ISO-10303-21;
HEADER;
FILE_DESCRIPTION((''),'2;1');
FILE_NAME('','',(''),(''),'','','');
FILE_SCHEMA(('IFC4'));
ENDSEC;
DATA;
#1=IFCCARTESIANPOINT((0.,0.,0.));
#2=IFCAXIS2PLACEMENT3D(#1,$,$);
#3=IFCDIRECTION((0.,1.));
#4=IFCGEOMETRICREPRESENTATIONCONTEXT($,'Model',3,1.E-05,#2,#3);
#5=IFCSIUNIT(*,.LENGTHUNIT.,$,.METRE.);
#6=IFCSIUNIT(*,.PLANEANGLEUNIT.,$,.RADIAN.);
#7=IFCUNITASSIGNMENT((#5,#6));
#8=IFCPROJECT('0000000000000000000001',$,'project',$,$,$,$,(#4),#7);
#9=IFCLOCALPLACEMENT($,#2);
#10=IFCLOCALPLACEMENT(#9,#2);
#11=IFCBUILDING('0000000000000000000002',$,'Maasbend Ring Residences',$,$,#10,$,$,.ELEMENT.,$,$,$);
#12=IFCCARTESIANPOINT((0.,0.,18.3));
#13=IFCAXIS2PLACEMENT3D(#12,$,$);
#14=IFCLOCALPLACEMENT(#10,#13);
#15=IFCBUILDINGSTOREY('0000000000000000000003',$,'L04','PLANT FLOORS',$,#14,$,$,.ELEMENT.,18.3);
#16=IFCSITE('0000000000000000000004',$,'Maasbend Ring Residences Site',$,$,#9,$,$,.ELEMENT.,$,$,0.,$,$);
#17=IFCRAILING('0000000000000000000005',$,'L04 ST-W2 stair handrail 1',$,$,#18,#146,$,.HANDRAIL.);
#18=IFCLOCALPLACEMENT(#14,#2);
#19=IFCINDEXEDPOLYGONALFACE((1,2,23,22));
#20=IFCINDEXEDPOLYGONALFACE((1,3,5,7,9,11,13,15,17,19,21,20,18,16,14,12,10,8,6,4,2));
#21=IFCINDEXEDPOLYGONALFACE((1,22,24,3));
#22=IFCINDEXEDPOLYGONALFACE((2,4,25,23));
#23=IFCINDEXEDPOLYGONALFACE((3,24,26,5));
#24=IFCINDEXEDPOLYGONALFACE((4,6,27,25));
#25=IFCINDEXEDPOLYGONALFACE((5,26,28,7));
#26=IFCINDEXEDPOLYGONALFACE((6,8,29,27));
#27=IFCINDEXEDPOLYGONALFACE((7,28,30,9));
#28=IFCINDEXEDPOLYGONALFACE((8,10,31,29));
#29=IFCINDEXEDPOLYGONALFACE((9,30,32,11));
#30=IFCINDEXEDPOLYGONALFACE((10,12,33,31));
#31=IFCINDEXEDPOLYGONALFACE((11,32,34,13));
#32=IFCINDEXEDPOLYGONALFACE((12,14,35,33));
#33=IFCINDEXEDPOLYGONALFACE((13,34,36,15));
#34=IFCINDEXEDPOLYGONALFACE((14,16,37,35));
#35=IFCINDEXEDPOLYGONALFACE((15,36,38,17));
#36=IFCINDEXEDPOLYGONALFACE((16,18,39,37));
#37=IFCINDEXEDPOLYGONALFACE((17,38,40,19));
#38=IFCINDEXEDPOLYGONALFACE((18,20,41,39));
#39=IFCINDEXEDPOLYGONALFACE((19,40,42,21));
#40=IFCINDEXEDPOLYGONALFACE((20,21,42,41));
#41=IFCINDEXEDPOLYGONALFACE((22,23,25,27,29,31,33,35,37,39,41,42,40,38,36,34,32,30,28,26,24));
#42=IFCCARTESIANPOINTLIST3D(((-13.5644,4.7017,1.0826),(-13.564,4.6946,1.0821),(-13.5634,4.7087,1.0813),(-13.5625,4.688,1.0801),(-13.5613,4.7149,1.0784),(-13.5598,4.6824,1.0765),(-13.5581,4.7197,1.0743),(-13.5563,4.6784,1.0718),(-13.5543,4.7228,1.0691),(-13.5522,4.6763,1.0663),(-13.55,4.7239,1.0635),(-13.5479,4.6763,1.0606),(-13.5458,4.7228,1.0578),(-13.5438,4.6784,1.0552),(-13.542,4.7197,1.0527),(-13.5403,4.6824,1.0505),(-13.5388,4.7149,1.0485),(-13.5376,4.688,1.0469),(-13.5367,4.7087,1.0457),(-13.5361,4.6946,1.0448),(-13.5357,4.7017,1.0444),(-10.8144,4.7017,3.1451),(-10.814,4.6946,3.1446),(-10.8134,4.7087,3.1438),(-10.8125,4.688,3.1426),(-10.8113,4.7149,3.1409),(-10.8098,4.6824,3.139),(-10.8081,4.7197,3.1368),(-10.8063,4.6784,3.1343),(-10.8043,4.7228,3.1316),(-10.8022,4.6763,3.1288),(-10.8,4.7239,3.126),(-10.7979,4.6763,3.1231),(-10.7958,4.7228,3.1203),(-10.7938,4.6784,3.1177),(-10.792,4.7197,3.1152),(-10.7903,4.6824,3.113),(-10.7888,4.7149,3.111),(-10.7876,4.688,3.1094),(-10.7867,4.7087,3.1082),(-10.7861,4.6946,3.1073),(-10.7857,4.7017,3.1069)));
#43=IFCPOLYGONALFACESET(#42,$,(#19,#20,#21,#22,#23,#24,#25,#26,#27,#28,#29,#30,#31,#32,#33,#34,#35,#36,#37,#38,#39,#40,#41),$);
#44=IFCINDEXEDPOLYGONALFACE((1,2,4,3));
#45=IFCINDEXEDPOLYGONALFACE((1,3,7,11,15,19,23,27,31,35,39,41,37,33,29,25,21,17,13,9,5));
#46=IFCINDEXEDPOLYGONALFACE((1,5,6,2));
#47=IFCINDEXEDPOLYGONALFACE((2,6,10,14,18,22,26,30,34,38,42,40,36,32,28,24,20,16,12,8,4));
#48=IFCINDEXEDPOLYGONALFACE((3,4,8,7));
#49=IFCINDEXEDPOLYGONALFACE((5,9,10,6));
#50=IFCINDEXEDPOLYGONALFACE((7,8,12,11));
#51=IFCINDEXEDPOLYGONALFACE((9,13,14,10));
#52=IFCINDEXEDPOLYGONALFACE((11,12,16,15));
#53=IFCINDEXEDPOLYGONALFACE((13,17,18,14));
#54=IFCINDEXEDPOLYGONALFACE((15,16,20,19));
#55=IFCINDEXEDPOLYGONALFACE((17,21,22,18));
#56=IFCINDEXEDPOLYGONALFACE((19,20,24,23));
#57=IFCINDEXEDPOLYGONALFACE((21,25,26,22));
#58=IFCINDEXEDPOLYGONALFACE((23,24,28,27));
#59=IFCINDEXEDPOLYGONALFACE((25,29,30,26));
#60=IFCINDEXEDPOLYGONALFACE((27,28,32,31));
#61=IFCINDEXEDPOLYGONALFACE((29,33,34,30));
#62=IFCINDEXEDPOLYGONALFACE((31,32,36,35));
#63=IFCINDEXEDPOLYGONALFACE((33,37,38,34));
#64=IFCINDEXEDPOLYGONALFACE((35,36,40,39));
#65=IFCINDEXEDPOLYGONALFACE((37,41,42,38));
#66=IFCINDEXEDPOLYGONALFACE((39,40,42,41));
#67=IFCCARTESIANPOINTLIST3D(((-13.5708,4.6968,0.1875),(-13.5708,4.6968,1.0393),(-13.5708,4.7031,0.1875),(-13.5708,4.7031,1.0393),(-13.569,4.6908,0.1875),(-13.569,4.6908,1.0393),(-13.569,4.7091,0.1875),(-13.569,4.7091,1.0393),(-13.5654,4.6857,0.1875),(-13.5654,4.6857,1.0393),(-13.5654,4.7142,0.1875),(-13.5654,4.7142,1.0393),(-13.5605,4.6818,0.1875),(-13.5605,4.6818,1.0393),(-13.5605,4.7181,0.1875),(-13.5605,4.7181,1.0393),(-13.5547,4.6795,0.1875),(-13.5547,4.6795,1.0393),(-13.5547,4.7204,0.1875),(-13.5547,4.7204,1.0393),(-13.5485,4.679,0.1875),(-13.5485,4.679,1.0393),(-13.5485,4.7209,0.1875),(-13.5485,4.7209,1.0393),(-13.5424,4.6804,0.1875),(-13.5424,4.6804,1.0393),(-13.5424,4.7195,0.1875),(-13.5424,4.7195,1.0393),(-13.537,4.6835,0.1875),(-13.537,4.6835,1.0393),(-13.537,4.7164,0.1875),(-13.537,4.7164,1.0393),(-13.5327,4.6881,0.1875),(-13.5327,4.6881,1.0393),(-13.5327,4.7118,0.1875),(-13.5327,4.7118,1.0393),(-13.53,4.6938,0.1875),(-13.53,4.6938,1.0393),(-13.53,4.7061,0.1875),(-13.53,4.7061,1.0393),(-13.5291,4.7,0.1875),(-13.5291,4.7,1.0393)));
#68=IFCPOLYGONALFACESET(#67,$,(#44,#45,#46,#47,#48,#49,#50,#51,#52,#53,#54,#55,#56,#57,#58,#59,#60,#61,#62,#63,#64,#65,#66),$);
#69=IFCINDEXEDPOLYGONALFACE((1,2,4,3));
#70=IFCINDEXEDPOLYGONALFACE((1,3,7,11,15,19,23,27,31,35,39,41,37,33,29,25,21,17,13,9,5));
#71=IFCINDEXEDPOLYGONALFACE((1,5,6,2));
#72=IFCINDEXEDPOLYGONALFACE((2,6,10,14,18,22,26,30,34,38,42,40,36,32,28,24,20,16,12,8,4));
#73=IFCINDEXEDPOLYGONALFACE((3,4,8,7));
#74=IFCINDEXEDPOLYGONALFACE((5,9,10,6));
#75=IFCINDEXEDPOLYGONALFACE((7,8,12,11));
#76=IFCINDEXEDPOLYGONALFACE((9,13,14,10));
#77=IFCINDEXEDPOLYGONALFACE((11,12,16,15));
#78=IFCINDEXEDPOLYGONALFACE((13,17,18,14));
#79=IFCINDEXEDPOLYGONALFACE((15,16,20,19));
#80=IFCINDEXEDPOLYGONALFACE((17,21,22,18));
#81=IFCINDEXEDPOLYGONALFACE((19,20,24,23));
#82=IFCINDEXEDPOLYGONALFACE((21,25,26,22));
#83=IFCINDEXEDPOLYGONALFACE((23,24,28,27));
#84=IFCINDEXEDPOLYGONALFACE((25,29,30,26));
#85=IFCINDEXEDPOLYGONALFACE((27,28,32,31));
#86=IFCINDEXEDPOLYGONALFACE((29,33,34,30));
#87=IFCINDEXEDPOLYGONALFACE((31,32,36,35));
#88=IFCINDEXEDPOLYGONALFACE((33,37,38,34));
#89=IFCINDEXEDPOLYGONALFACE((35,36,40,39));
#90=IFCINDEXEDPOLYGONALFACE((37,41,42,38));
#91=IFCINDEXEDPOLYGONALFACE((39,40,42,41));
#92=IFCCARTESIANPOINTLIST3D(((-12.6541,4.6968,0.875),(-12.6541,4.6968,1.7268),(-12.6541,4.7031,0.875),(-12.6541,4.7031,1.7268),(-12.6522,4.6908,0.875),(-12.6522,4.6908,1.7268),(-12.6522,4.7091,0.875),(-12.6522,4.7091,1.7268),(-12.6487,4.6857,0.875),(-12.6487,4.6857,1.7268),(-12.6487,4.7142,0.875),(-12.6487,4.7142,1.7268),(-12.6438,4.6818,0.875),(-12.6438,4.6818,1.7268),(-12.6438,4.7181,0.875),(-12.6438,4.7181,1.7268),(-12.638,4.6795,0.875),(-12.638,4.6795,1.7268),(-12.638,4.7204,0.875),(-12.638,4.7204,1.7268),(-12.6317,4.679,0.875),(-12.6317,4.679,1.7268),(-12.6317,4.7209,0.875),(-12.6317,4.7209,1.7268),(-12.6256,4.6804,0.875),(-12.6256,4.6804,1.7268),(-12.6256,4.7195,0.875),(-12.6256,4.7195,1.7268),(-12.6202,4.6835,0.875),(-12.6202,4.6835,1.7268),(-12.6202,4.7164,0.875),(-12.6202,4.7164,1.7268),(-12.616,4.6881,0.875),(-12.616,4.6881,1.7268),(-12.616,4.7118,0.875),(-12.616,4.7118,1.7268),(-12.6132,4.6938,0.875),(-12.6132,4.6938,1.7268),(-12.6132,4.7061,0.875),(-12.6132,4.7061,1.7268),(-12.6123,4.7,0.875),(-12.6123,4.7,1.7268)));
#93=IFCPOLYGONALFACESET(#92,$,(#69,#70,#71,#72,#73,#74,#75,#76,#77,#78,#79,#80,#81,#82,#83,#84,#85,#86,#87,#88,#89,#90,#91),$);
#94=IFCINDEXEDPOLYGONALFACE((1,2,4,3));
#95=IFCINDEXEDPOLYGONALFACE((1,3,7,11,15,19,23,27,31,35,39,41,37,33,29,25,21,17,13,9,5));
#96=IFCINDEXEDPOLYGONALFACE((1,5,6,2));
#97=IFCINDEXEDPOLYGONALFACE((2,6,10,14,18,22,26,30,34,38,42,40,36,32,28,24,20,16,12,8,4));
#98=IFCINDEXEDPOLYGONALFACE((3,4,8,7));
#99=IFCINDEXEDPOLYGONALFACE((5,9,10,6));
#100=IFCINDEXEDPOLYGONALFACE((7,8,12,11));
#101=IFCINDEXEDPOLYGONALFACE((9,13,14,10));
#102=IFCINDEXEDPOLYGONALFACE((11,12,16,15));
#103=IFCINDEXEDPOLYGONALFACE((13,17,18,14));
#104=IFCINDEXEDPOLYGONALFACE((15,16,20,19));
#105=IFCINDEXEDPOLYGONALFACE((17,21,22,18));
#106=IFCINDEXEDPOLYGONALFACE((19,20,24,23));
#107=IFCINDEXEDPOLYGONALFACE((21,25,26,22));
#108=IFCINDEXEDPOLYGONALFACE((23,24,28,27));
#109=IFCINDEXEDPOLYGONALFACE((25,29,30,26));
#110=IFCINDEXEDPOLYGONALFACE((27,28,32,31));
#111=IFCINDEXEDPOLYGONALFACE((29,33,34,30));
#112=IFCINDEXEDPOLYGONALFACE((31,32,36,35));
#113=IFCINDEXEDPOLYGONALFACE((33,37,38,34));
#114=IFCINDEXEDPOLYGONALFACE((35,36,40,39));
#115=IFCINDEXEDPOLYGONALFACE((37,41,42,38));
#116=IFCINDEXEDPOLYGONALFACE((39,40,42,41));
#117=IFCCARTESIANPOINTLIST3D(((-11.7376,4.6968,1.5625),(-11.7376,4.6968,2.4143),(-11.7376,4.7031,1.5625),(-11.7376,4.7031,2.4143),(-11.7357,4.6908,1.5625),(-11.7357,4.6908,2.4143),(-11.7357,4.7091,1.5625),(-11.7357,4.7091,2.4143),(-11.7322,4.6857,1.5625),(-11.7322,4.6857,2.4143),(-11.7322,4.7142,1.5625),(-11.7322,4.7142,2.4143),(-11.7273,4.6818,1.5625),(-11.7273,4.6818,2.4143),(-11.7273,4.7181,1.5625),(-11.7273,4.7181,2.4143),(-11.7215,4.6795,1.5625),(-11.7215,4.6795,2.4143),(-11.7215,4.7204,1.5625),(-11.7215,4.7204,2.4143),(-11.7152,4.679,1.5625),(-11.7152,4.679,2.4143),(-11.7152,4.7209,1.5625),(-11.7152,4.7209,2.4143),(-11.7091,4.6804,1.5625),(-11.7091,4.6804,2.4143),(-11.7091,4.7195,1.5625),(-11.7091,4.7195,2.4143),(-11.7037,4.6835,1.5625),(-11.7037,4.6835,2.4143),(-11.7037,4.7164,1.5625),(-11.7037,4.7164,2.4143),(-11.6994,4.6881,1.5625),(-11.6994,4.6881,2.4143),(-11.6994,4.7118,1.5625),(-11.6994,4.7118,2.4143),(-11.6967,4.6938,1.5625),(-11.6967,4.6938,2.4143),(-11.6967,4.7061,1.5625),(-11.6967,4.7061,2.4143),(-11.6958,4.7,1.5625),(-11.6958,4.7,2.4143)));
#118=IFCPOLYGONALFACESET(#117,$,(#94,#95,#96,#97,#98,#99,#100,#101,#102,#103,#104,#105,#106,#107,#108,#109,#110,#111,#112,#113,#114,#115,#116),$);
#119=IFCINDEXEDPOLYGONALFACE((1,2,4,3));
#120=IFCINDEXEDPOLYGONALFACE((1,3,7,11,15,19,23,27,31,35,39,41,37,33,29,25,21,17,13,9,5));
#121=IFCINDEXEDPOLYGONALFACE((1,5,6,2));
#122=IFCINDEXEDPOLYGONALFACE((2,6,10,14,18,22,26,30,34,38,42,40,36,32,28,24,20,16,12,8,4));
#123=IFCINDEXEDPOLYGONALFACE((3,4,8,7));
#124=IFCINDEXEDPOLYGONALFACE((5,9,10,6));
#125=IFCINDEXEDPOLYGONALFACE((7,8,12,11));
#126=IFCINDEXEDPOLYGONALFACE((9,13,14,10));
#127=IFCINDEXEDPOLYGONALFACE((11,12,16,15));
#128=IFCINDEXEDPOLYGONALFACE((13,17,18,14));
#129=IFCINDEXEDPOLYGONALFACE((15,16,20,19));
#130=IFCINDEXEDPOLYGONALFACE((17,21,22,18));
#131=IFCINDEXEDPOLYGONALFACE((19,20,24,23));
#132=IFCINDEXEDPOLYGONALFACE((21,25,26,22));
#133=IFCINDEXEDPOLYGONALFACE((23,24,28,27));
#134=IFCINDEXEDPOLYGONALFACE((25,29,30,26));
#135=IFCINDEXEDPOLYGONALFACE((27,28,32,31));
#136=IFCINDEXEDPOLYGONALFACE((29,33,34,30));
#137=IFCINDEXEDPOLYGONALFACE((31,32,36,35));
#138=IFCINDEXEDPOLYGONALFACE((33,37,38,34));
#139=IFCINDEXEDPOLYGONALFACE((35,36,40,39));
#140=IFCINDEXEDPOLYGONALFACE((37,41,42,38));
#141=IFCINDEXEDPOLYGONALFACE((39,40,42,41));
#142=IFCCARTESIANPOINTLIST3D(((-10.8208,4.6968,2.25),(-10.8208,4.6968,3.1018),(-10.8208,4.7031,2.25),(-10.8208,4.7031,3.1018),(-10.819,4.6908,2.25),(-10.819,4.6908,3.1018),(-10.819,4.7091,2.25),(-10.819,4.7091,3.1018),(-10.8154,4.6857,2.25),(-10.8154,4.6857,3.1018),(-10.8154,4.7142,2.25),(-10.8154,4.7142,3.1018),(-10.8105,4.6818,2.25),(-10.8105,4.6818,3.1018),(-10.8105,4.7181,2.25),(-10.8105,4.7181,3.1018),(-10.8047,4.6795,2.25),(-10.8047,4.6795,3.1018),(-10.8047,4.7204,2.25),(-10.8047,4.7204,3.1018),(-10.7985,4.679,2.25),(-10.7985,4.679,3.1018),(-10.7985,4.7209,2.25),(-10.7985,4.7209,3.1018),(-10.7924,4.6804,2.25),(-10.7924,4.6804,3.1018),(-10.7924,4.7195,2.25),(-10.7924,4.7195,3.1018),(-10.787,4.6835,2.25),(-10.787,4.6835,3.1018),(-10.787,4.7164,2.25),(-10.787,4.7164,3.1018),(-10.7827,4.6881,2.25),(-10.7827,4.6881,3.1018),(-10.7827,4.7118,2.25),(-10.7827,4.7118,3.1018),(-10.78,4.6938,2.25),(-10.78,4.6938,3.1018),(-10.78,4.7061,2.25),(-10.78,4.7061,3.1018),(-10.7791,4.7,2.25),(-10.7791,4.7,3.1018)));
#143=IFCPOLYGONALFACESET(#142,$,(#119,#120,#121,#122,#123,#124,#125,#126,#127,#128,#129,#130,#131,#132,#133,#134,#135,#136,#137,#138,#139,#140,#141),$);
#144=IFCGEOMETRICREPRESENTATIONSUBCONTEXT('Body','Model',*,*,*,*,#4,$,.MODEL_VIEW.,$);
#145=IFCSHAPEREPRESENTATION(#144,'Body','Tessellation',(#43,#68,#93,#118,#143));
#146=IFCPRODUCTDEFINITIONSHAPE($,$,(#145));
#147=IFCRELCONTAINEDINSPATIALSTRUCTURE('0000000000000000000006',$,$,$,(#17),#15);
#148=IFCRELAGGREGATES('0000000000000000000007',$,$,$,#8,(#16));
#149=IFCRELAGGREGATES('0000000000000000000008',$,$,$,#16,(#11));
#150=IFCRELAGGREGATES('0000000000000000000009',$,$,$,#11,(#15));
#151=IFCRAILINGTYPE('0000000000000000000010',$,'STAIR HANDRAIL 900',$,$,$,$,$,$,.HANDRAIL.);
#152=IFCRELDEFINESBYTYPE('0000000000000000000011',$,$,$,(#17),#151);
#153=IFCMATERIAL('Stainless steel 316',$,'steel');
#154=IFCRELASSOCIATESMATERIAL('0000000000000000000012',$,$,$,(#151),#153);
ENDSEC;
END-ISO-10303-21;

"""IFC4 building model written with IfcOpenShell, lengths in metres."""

from ifc_helpers import new_model, si_unit, direction, frame, origin, origin_2d, place, context, subcontext, project, spatial, circle, extrude, material, type_object, element, save


model = new_model("IFC4")

# Units and contexts
model_context = context("Model", 3, precision=1e-05, world=origin(), true_north=direction((0.0, 1.0)))
body_context = subcontext(model_context, "Body", "Model", "MODEL_VIEW")
ifc_project = project(units=[si_unit("LENGTHUNIT", "METRE"), si_unit("PLANEANGLEUNIT", "RADIAN")], contexts=[model_context])

# Site, building, storey
site_placement = place(None, origin())
site = spatial("IfcSite", under=ifc_project, at=site_placement, Name="Maasbend Ring Residences Site", CompositionType="ELEMENT", RefElevation=0.0)
building_placement = place(site_placement, origin())
building = spatial("IfcBuilding", under=site, at=building_placement, Name="Maasbend Ring Residences", CompositionType="ELEMENT")
storey_placement = place(building_placement, frame((0.0, 0.0, 18.3)))
storey = spatial("IfcBuildingStorey", under=building, at=storey_placement, Name="L04", Description="PLANT FLOORS", CompositionType="ELEMENT", Elevation=18.3)

# Railing
ifc_material_1 = material(Name="Stainless steel 316", Category="steel")
railing_type_1 = type_object("IfcRailingType", Name="STAIR HANDRAIL 900", PredefinedType="HANDRAIL", material=ifc_material_1)
railing_1_placement = place(storey_placement, frame((-13.55, 4.7, 0.1875)))
element("IfcRailing", 1, at=railing_1_placement, inside=storey, type_object=railing_type_1, Name="L04 ST-W2 stair handrail 1", PredefinedType="HANDRAIL", context=body_context, shape_type="SweptSolid", body=[
    extrude(circle(Radius=0.0239, at=origin_2d()), frame((0.0, 0.0, 0.876), z_axis=(0.8, 0.0, 0.6), x_axis=(0.0, 1.0, 0.0)), (0.0, 0.0, 1.0), 3.4375),
    extrude(circle(Radius=0.021, at=origin_2d()), origin(), (0.0, 0.0, 1.0), 0.8518),
    extrude(circle(Radius=0.021, at=origin_2d()), frame((0.9167, 0.0, 0.6875)), (0.0, 0.0, 1.0), 0.8518),
    extrude(circle(Radius=0.021, at=origin_2d()), frame((1.8333, 0.0, 1.375)), (0.0, 0.0, 1.0), 0.8518),
    extrude(circle(Radius=0.021, at=origin_2d()), frame((2.75, 0.0, 2.0625)), (0.0, 0.0, 1.0), 0.8518),
])

save(model, "model.ifc")
